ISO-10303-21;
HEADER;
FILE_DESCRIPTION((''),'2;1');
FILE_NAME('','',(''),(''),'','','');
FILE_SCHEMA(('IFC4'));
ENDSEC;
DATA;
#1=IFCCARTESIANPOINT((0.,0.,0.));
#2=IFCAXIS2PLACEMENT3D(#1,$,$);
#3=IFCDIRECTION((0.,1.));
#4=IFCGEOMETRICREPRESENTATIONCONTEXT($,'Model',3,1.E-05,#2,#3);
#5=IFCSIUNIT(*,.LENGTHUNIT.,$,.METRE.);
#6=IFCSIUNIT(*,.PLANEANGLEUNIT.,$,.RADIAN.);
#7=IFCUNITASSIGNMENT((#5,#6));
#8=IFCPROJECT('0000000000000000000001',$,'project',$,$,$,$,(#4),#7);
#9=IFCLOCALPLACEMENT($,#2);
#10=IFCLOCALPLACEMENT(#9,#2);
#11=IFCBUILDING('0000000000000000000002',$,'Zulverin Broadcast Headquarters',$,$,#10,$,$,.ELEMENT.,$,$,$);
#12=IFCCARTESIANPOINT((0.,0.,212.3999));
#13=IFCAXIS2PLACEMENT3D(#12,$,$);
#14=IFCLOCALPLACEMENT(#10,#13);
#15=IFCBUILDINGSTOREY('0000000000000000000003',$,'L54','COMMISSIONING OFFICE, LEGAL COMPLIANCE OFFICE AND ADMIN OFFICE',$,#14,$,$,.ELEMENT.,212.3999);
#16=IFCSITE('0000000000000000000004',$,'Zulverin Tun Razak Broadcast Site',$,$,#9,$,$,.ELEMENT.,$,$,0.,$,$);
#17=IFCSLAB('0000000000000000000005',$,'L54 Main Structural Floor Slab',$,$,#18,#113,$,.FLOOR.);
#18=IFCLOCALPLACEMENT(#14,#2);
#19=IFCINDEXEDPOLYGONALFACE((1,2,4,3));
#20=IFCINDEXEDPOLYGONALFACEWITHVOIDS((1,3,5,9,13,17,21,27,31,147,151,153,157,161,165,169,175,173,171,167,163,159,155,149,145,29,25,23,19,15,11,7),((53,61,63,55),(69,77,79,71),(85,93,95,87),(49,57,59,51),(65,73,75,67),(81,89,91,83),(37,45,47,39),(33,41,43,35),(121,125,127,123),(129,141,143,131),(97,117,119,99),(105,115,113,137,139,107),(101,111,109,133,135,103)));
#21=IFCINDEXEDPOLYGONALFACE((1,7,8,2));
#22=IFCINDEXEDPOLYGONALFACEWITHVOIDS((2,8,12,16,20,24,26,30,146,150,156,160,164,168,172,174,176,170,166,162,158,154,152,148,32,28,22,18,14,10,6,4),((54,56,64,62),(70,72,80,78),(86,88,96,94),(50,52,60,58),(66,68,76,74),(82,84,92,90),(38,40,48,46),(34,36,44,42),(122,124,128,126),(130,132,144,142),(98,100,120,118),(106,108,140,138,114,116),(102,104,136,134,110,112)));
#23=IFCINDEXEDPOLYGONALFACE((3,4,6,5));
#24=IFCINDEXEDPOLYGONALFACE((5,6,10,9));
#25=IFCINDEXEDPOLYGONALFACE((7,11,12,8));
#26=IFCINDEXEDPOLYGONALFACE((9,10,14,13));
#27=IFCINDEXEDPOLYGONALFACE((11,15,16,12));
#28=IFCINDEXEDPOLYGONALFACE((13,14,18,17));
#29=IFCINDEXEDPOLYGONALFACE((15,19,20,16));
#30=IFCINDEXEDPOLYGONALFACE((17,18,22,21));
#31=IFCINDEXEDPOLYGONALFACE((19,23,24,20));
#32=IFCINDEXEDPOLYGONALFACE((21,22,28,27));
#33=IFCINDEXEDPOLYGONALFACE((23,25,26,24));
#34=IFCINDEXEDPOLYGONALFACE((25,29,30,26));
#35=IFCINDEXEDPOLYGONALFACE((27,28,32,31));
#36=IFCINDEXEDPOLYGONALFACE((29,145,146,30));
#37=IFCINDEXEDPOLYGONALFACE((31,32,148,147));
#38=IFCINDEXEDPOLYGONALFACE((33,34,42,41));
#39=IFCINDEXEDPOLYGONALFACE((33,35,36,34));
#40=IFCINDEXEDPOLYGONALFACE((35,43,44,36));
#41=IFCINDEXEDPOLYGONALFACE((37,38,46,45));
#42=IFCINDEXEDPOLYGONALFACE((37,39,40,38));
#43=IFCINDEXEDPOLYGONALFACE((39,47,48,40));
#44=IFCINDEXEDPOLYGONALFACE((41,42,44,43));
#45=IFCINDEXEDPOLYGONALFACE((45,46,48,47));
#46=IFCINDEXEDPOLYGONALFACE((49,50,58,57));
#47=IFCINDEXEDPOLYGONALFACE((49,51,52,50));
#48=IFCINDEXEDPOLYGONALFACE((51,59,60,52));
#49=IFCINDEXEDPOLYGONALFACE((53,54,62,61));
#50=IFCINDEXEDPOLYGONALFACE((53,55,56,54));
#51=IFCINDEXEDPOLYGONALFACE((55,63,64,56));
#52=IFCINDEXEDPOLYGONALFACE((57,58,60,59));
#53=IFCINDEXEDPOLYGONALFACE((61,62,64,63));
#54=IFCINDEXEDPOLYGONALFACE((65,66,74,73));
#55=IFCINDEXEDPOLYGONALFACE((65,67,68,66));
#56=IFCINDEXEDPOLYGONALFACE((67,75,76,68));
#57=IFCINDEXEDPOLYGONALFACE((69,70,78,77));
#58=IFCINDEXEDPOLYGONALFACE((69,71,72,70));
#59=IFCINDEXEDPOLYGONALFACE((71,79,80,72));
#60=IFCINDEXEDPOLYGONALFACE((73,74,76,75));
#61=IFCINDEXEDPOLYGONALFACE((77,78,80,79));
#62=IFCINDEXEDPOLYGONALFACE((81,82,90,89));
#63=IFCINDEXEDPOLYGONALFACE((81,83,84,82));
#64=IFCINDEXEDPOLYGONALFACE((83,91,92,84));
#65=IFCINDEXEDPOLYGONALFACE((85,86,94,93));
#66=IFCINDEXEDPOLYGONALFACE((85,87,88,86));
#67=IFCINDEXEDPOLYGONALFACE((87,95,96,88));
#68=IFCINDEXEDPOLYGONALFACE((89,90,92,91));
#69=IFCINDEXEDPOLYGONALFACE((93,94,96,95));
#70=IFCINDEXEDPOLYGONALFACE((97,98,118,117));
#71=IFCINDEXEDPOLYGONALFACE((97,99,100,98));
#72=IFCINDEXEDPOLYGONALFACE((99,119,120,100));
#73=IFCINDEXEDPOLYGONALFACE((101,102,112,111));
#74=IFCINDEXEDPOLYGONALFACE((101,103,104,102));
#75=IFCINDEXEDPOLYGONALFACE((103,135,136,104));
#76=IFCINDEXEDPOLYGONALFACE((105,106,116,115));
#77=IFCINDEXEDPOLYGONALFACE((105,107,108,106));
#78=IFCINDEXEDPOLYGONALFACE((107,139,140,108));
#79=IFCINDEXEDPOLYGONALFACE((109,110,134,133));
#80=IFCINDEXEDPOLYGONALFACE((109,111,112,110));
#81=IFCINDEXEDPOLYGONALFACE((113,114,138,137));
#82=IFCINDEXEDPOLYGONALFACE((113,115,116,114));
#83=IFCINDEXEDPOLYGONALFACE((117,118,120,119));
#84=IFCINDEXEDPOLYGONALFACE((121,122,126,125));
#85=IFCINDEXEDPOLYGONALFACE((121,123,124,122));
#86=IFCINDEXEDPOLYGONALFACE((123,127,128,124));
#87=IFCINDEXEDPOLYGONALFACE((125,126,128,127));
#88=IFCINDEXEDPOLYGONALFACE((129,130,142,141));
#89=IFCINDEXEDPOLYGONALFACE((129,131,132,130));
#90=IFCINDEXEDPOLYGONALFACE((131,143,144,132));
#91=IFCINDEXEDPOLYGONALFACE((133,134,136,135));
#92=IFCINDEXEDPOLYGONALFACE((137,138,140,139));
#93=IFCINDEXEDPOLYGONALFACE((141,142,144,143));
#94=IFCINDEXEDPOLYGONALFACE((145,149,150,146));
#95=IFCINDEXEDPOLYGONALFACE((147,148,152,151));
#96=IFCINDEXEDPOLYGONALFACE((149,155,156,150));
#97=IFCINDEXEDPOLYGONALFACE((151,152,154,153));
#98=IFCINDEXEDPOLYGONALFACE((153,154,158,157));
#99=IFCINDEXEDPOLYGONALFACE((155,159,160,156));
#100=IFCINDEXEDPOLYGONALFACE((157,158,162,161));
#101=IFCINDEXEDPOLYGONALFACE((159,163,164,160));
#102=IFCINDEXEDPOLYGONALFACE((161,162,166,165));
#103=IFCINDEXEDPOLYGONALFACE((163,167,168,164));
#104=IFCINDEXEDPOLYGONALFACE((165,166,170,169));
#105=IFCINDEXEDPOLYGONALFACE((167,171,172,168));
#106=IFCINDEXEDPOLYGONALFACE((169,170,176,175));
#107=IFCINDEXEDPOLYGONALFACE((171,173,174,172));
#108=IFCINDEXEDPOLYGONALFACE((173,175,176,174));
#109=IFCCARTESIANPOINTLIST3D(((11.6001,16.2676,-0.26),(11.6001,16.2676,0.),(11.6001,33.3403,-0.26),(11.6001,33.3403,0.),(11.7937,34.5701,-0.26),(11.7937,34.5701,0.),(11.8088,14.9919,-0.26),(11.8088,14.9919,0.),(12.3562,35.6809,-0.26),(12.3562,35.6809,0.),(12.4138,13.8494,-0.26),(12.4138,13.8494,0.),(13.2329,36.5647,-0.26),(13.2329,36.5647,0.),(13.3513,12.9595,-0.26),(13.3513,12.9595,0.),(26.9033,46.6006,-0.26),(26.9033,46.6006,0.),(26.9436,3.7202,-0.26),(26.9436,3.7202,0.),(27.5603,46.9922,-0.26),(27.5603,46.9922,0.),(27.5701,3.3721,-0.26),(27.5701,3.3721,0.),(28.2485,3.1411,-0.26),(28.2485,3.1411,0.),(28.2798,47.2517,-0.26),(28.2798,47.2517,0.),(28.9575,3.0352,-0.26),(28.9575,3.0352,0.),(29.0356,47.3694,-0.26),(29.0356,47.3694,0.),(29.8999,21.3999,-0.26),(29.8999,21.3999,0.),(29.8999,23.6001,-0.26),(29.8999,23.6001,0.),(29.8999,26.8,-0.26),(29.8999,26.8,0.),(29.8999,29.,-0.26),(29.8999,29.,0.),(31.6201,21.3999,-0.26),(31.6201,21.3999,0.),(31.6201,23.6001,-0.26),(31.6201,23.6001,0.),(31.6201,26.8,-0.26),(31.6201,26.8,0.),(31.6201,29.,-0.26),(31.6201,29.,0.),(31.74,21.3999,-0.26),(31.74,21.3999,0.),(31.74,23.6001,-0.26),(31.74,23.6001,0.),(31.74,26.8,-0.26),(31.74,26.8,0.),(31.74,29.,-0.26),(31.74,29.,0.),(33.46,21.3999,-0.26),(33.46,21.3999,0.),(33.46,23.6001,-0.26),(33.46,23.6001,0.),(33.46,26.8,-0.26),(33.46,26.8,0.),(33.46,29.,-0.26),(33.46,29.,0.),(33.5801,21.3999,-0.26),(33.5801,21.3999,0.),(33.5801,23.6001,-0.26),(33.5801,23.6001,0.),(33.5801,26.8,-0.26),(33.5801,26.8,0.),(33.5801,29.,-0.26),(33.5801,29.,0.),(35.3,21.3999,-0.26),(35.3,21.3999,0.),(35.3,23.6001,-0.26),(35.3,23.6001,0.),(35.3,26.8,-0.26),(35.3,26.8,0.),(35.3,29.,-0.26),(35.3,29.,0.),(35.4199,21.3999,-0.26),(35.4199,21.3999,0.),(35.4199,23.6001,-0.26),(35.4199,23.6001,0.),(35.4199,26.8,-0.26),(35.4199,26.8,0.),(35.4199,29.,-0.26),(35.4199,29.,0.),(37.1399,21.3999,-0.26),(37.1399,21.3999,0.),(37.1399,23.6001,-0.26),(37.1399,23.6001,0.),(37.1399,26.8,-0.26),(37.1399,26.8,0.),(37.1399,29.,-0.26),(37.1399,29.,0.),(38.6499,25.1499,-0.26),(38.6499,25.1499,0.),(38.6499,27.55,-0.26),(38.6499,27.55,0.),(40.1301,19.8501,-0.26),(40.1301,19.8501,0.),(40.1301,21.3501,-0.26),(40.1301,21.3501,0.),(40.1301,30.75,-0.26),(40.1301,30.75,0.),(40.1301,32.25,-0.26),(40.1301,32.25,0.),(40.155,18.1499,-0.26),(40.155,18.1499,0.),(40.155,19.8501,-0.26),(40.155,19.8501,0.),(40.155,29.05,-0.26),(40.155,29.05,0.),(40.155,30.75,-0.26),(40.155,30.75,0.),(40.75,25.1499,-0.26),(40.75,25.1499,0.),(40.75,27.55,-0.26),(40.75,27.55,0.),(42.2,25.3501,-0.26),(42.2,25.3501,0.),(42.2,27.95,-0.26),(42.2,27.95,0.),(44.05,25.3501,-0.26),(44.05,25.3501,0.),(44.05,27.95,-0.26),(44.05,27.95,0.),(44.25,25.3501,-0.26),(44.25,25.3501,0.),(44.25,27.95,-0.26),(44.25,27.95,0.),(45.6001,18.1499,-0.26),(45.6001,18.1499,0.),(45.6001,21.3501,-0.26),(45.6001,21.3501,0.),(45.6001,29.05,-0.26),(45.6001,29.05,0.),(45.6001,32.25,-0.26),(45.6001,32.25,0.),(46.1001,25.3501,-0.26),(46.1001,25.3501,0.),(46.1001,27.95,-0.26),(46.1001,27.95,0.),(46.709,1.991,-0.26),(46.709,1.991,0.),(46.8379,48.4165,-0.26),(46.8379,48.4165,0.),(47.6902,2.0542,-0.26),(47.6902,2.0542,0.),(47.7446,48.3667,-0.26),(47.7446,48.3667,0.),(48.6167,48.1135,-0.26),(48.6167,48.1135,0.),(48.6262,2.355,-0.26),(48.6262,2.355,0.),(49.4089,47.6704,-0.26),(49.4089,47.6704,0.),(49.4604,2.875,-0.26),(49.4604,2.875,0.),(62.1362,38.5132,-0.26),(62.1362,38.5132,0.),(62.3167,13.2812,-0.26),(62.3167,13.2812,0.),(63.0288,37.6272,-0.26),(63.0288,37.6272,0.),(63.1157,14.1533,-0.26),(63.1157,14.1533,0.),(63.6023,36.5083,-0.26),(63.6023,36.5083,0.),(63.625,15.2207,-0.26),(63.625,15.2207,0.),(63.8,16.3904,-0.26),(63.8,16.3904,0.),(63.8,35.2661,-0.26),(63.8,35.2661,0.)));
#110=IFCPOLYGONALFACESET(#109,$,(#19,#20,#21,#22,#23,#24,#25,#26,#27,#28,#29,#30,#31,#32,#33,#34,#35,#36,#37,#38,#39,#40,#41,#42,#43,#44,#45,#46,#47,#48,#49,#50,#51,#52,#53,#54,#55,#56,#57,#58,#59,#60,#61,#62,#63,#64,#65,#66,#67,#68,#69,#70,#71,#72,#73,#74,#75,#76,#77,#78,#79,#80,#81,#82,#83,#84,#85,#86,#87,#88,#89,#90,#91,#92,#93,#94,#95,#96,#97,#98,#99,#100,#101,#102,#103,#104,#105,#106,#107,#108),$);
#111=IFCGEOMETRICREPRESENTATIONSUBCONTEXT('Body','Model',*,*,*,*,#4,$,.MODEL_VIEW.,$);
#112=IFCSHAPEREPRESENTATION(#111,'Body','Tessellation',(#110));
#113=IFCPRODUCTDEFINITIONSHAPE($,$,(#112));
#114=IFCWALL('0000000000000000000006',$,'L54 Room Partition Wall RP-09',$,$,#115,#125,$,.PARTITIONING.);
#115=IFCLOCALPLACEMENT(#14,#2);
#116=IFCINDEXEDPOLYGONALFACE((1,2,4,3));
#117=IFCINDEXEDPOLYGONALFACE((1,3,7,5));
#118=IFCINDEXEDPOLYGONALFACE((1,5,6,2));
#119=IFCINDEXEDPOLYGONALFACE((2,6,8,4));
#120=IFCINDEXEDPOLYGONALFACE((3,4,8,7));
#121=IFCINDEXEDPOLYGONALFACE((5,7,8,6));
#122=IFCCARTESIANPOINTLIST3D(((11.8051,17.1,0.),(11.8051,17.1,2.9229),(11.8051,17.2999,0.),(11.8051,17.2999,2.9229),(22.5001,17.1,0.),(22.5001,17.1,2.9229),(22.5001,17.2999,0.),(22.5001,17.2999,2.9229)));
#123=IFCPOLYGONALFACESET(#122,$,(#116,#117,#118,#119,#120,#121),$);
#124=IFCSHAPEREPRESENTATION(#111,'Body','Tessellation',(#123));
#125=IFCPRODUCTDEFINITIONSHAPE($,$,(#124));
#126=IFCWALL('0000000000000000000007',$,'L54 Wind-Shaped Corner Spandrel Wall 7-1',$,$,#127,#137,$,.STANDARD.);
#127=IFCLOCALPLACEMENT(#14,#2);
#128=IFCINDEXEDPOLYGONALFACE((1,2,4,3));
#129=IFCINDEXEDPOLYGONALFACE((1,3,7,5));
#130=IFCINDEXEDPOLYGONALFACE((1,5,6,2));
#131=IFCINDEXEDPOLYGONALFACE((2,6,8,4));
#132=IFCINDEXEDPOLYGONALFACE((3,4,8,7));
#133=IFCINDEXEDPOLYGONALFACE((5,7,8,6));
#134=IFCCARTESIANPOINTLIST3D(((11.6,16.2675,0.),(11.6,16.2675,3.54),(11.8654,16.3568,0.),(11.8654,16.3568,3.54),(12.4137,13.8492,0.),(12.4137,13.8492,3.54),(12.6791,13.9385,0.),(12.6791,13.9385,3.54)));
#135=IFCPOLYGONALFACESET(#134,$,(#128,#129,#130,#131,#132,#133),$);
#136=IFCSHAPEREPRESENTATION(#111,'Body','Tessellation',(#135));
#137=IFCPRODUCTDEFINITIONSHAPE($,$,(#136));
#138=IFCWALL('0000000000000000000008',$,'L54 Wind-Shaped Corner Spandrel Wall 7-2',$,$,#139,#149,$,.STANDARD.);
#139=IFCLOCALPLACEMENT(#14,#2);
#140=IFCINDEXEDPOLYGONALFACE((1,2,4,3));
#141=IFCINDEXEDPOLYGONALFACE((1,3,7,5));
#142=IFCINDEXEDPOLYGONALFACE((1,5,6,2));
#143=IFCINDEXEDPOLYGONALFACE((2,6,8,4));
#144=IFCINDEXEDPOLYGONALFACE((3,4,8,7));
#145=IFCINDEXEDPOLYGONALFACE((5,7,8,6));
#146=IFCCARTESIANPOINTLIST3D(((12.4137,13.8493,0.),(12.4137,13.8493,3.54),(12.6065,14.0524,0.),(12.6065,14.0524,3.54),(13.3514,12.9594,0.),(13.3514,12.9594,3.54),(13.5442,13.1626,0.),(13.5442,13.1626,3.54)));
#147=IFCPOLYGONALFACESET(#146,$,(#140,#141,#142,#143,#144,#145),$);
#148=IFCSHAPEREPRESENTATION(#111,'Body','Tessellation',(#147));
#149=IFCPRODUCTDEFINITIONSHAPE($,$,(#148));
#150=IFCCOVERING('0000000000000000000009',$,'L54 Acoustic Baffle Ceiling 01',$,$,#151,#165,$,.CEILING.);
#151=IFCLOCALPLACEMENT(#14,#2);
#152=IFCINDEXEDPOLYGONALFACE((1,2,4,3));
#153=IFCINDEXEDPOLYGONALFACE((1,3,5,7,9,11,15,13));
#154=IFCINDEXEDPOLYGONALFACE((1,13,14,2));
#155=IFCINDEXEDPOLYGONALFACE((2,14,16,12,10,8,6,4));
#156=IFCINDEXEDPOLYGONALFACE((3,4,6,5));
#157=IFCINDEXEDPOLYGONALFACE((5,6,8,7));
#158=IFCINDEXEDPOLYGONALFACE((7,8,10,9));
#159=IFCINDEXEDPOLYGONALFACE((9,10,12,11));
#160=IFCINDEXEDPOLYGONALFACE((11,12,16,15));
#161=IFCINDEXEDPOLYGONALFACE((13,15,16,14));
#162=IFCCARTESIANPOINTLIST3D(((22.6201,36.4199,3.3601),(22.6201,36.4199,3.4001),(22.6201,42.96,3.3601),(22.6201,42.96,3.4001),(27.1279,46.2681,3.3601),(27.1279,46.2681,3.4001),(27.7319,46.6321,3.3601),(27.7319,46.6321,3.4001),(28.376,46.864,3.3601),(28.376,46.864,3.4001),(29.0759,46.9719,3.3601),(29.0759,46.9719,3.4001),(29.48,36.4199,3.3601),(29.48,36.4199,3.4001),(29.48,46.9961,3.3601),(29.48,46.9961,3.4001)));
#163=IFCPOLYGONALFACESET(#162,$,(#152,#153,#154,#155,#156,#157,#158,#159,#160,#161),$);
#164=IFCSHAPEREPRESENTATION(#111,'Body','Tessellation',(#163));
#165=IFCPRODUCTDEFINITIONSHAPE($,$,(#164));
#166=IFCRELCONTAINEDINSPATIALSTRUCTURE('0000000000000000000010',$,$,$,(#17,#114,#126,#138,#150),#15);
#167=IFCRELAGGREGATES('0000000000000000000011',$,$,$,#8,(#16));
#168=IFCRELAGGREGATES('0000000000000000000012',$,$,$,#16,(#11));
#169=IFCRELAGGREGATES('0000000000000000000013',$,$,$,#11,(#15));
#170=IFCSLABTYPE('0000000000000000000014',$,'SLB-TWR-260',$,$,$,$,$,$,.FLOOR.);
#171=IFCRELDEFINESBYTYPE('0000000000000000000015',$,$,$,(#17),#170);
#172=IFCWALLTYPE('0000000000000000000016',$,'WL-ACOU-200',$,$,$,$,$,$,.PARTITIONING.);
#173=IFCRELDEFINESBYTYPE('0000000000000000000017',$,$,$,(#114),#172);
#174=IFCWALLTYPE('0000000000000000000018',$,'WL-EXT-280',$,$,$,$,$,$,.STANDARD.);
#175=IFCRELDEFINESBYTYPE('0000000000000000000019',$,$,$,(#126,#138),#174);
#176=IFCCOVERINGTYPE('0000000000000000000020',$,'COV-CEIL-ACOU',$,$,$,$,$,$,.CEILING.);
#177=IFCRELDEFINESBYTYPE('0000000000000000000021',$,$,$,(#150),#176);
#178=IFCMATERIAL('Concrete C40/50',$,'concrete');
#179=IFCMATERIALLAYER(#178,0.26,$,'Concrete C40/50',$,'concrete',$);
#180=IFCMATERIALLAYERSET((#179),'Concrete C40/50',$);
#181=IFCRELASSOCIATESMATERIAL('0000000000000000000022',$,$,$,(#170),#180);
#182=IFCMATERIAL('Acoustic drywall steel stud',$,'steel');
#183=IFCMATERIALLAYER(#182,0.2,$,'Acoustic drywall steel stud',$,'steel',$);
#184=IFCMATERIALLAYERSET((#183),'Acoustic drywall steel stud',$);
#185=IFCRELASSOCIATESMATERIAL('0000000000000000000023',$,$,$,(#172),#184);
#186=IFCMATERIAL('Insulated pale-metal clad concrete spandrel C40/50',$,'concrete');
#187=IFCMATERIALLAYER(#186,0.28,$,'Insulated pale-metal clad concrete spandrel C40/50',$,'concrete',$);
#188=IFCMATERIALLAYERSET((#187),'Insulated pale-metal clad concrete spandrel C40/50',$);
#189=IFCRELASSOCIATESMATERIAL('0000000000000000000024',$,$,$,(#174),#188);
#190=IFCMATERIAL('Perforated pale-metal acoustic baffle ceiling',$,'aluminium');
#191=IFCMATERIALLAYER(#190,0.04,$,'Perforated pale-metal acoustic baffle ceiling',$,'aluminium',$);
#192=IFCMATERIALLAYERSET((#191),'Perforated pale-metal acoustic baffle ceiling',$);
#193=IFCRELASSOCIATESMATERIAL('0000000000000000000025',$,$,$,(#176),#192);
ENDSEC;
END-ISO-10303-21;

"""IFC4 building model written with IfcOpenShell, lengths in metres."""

from ifc_helpers import new_model, si_unit, direction, frame, frame_2d, origin, place, context, subcontext, project, spatial, polyline, rectangle, outline, extrude, material, layer, layer_set, type_object, element, save


model = new_model("IFC4")

# Units and contexts
model_context = context("Model", 3, precision=1e-05, world=origin(), true_north=direction((0.0, 1.0)))
body_context = subcontext(model_context, "Body", "Model", "MODEL_VIEW")
ifc_project = project(units=[si_unit("LENGTHUNIT", "METRE"), si_unit("PLANEANGLEUNIT", "RADIAN")], contexts=[model_context])

# Site, building, storey
site_placement = place(None, origin())
site = spatial("IfcSite", under=ifc_project, at=site_placement, Name="Zulverin Tun Razak Broadcast Site", CompositionType="ELEMENT", RefElevation=0.0)
building_placement = place(site_placement, origin())
building = spatial("IfcBuilding", under=site, at=building_placement, Name="Zulverin Broadcast Headquarters", CompositionType="ELEMENT")
storey_placement = place(building_placement, frame((0.0, 0.0, 212.3999)))
storey = spatial("IfcBuildingStorey", under=building, at=storey_placement, Name="L54", Description="COMMISSIONING OFFICE, LEGAL COMPLIANCE OFFICE AND ADMIN OFFICE", CompositionType="ELEMENT", Elevation=212.3999)

# Shared definitions
ifc_material_1 = material(Name="Concrete C40/50", Category="concrete")

# Slab
ifc_layer_1 = layer(ifc_material_1, 0.26, Name="Concrete C40/50", Category="concrete")
ifc_layer_set_1 = layer_set([ifc_layer_1], Name="Concrete C40/50")
slab_type_1 = type_object("IfcSlabType", Name="SLB-TWR-260", PredefinedType="FLOOR", material=ifc_layer_set_1)
slab_1_placement = place(storey_placement, frame((0.0, 0.0, -0.26)))
element("IfcSlab", 1, at=slab_1_placement, inside=storey, type_object=slab_type_1, Name="L54 Main Structural Floor Slab", PredefinedType="FLOOR", context=body_context, shape_type="SweptSolid", body=[
    extrude(outline(polyline([(26.9436, 3.7202), (27.5701, 3.3721), (28.2485, 3.1411), (28.9575, 3.0352), (46.709, 1.991), (47.6902, 2.0542), (48.6262, 2.355), (49.4604, 2.875), (62.3167, 13.2812), (63.1157, 14.1533), (63.625, 15.2207), (63.8, 16.3904), (63.8, 35.2661), (63.6023, 36.5083), (63.0288, 37.6272), (62.1362, 38.5132), (49.4089, 47.6704), (48.6167, 48.1135), (47.7446, 48.3667), (46.8379, 48.4165), (29.0356, 47.3694), (28.2798, 47.2517), (27.5603, 46.9922), (26.9033, 46.6006), (13.2329, 36.5647), (12.3562, 35.6809), (11.7937, 34.5701), (11.6001, 33.3403), (11.6001, 16.2676), (11.8088, 14.9919), (12.4138, 13.8494), (13.3513, 12.9595), (26.9436, 3.7202)]), holes=[polyline([(40.155, 30.75), (40.1301, 30.75), (40.1301, 32.25), (45.6001, 32.25), (45.6001, 29.05), (40.155, 29.05), (40.155, 30.75)]), polyline([(40.155, 19.8501), (40.1301, 19.8501), (40.1301, 21.3501), (45.6001, 21.3501), (45.6001, 18.1499), (40.155, 18.1499), (40.155, 19.8501)]), polyline([(29.8999, 21.3999), (31.6201, 21.3999), (31.6201, 23.6001), (29.8999, 23.6001), (29.8999, 21.3999)]), polyline([(31.74, 21.3999), (33.46, 21.3999), (33.46, 23.6001), (31.74, 23.6001), (31.74, 21.3999)]), polyline([(33.5801, 21.3999), (35.3, 21.3999), (35.3, 23.6001), (33.5801, 23.6001), (33.5801, 21.3999)]), polyline([(35.4199, 21.3999), (37.1399, 21.3999), (37.1399, 23.6001), (35.4199, 23.6001), (35.4199, 21.3999)]), polyline([(29.8999, 26.8), (31.6201, 26.8), (31.6201, 29.0), (29.8999, 29.0), (29.8999, 26.8)]), polyline([(31.74, 26.8), (33.46, 26.8), (33.46, 29.0), (31.74, 29.0), (31.74, 26.8)]), polyline([(33.5801, 26.8), (35.3, 26.8), (35.3, 29.0), (33.5801, 29.0), (33.5801, 26.8)]), polyline([(35.4199, 26.8), (37.1399, 26.8), (37.1399, 29.0), (35.4199, 29.0), (35.4199, 26.8)]), polyline([(42.2, 25.3501), (44.05, 25.3501), (44.05, 27.95), (42.2, 27.95), (42.2, 25.3501)]), polyline([(44.25, 25.3501), (46.1001, 25.3501), (46.1001, 27.95), (44.25, 27.95), (44.25, 25.3501)]), polyline([(38.6499, 25.1499), (40.75, 25.1499), (40.75, 27.55), (38.6499, 27.55), (38.6499, 25.1499)])]), origin(), (0.0, 0.0, 1.0), 0.26),
])

# Walls
ifc_material_2 = material(Name="Acoustic drywall steel stud", Category="steel")
ifc_layer_2 = layer(ifc_material_2, 0.2, Name="Acoustic drywall steel stud", Category="steel")
ifc_layer_set_2 = layer_set([ifc_layer_2], Name="Acoustic drywall steel stud")
wall_type_1 = type_object("IfcWallType", Name="WL-ACOU-200", PredefinedType="PARTITIONING", material=ifc_layer_set_2)
wall_1_placement = place(storey_placement, frame((11.8049, 17.2, 0.0), z_axis=(0.0, 0.0, 1.0), x_axis=(1.0, 0.0, 0.0)))
element("IfcWall", 2, at=wall_1_placement, inside=storey, type_object=wall_type_1, Name="L54 Room Partition Wall RP-09", PredefinedType="PARTITIONING", context=body_context, shape_type="SweptSolid", body=[
    extrude(rectangle(XDim=10.6951, YDim=0.2, at=frame_2d((5.3477, 0.0))), origin(), (0.0, 0.0, 1.0), 2.9229),
])
ifc_material_3 = material(Name="Insulated pale-metal clad concrete spandrel C40/50", Category="concrete")
ifc_layer_3 = layer(ifc_material_3, 0.28, Name="Insulated pale-metal clad concrete spandrel C40/50", Category="concrete")
ifc_layer_set_3 = layer_set([ifc_layer_3], Name="Insulated pale-metal clad concrete spandrel C40/50")
wall_type_2 = type_object("IfcWallType", Name="WL-EXT-280", PredefinedType="STANDARD", material=ifc_layer_set_3)
wall_2_placement = place(storey_placement, frame((11.7327, 16.3123, 0.0), z_axis=(0.0, 0.0, 1.0), x_axis=(0.318925, -0.94778, 0.0)))
element("IfcWall", 3, at=wall_2_placement, inside=storey, type_object=wall_type_2, Name="L54 Wind-Shaped Corner Spandrel Wall 7-1", PredefinedType="STANDARD", context=body_context, shape_type="SweptSolid", body=[
    extrude(rectangle(XDim=2.5515, YDim=0.28, at=frame_2d((1.2759, 0.0))), origin(), (0.0, 0.0, 1.0), 3.54),
])
wall_3_placement = place(storey_placement, frame((12.51, 13.9509, 0.0), z_axis=(0.0, 0.0, 1.0), x_axis=(0.725372, -0.688357, 0.0)))
element("IfcWall", 4, at=wall_3_placement, inside=storey, type_object=wall_type_2, Name="L54 Wind-Shaped Corner Spandrel Wall 7-2", PredefinedType="STANDARD", context=body_context, shape_type="SweptSolid", body=[
    extrude(rectangle(XDim=1.2927, YDim=0.28, at=frame_2d((0.6465, 0.0))), origin(), (0.0, 0.0, 1.0), 3.54),
])

# Covering
ifc_material_4 = material(Name="Perforated pale-metal acoustic baffle ceiling", Category="aluminium")
ifc_layer_4 = layer(ifc_material_4, 0.04, Name="Perforated pale-metal acoustic baffle ceiling", Category="aluminium")
ifc_layer_set_4 = layer_set([ifc_layer_4], Name="Perforated pale-metal acoustic baffle ceiling")
covering_type_1 = type_object("IfcCoveringType", Name="COV-CEIL-ACOU", PredefinedType="CEILING", material=ifc_layer_set_4)
covering_1_placement = place(storey_placement, frame((0.0, 0.0, 3.3601)))
element("IfcCovering", 5, at=covering_1_placement, inside=storey, type_object=covering_type_1, Name="L54 Acoustic Baffle Ceiling 01", PredefinedType="CEILING", context=body_context, shape_type="SweptSolid", body=[
    extrude(outline(polyline([(29.48, 36.4199), (29.48, 46.9961), (29.0759, 46.9719), (28.376, 46.864), (27.7319, 46.6321), (27.1279, 46.2681), (22.6201, 42.96), (22.6201, 36.4199), (29.48, 36.4199)])), origin(), (0.0, 0.0, 1.0), 0.04),
])

save(model, "model.ifc")
